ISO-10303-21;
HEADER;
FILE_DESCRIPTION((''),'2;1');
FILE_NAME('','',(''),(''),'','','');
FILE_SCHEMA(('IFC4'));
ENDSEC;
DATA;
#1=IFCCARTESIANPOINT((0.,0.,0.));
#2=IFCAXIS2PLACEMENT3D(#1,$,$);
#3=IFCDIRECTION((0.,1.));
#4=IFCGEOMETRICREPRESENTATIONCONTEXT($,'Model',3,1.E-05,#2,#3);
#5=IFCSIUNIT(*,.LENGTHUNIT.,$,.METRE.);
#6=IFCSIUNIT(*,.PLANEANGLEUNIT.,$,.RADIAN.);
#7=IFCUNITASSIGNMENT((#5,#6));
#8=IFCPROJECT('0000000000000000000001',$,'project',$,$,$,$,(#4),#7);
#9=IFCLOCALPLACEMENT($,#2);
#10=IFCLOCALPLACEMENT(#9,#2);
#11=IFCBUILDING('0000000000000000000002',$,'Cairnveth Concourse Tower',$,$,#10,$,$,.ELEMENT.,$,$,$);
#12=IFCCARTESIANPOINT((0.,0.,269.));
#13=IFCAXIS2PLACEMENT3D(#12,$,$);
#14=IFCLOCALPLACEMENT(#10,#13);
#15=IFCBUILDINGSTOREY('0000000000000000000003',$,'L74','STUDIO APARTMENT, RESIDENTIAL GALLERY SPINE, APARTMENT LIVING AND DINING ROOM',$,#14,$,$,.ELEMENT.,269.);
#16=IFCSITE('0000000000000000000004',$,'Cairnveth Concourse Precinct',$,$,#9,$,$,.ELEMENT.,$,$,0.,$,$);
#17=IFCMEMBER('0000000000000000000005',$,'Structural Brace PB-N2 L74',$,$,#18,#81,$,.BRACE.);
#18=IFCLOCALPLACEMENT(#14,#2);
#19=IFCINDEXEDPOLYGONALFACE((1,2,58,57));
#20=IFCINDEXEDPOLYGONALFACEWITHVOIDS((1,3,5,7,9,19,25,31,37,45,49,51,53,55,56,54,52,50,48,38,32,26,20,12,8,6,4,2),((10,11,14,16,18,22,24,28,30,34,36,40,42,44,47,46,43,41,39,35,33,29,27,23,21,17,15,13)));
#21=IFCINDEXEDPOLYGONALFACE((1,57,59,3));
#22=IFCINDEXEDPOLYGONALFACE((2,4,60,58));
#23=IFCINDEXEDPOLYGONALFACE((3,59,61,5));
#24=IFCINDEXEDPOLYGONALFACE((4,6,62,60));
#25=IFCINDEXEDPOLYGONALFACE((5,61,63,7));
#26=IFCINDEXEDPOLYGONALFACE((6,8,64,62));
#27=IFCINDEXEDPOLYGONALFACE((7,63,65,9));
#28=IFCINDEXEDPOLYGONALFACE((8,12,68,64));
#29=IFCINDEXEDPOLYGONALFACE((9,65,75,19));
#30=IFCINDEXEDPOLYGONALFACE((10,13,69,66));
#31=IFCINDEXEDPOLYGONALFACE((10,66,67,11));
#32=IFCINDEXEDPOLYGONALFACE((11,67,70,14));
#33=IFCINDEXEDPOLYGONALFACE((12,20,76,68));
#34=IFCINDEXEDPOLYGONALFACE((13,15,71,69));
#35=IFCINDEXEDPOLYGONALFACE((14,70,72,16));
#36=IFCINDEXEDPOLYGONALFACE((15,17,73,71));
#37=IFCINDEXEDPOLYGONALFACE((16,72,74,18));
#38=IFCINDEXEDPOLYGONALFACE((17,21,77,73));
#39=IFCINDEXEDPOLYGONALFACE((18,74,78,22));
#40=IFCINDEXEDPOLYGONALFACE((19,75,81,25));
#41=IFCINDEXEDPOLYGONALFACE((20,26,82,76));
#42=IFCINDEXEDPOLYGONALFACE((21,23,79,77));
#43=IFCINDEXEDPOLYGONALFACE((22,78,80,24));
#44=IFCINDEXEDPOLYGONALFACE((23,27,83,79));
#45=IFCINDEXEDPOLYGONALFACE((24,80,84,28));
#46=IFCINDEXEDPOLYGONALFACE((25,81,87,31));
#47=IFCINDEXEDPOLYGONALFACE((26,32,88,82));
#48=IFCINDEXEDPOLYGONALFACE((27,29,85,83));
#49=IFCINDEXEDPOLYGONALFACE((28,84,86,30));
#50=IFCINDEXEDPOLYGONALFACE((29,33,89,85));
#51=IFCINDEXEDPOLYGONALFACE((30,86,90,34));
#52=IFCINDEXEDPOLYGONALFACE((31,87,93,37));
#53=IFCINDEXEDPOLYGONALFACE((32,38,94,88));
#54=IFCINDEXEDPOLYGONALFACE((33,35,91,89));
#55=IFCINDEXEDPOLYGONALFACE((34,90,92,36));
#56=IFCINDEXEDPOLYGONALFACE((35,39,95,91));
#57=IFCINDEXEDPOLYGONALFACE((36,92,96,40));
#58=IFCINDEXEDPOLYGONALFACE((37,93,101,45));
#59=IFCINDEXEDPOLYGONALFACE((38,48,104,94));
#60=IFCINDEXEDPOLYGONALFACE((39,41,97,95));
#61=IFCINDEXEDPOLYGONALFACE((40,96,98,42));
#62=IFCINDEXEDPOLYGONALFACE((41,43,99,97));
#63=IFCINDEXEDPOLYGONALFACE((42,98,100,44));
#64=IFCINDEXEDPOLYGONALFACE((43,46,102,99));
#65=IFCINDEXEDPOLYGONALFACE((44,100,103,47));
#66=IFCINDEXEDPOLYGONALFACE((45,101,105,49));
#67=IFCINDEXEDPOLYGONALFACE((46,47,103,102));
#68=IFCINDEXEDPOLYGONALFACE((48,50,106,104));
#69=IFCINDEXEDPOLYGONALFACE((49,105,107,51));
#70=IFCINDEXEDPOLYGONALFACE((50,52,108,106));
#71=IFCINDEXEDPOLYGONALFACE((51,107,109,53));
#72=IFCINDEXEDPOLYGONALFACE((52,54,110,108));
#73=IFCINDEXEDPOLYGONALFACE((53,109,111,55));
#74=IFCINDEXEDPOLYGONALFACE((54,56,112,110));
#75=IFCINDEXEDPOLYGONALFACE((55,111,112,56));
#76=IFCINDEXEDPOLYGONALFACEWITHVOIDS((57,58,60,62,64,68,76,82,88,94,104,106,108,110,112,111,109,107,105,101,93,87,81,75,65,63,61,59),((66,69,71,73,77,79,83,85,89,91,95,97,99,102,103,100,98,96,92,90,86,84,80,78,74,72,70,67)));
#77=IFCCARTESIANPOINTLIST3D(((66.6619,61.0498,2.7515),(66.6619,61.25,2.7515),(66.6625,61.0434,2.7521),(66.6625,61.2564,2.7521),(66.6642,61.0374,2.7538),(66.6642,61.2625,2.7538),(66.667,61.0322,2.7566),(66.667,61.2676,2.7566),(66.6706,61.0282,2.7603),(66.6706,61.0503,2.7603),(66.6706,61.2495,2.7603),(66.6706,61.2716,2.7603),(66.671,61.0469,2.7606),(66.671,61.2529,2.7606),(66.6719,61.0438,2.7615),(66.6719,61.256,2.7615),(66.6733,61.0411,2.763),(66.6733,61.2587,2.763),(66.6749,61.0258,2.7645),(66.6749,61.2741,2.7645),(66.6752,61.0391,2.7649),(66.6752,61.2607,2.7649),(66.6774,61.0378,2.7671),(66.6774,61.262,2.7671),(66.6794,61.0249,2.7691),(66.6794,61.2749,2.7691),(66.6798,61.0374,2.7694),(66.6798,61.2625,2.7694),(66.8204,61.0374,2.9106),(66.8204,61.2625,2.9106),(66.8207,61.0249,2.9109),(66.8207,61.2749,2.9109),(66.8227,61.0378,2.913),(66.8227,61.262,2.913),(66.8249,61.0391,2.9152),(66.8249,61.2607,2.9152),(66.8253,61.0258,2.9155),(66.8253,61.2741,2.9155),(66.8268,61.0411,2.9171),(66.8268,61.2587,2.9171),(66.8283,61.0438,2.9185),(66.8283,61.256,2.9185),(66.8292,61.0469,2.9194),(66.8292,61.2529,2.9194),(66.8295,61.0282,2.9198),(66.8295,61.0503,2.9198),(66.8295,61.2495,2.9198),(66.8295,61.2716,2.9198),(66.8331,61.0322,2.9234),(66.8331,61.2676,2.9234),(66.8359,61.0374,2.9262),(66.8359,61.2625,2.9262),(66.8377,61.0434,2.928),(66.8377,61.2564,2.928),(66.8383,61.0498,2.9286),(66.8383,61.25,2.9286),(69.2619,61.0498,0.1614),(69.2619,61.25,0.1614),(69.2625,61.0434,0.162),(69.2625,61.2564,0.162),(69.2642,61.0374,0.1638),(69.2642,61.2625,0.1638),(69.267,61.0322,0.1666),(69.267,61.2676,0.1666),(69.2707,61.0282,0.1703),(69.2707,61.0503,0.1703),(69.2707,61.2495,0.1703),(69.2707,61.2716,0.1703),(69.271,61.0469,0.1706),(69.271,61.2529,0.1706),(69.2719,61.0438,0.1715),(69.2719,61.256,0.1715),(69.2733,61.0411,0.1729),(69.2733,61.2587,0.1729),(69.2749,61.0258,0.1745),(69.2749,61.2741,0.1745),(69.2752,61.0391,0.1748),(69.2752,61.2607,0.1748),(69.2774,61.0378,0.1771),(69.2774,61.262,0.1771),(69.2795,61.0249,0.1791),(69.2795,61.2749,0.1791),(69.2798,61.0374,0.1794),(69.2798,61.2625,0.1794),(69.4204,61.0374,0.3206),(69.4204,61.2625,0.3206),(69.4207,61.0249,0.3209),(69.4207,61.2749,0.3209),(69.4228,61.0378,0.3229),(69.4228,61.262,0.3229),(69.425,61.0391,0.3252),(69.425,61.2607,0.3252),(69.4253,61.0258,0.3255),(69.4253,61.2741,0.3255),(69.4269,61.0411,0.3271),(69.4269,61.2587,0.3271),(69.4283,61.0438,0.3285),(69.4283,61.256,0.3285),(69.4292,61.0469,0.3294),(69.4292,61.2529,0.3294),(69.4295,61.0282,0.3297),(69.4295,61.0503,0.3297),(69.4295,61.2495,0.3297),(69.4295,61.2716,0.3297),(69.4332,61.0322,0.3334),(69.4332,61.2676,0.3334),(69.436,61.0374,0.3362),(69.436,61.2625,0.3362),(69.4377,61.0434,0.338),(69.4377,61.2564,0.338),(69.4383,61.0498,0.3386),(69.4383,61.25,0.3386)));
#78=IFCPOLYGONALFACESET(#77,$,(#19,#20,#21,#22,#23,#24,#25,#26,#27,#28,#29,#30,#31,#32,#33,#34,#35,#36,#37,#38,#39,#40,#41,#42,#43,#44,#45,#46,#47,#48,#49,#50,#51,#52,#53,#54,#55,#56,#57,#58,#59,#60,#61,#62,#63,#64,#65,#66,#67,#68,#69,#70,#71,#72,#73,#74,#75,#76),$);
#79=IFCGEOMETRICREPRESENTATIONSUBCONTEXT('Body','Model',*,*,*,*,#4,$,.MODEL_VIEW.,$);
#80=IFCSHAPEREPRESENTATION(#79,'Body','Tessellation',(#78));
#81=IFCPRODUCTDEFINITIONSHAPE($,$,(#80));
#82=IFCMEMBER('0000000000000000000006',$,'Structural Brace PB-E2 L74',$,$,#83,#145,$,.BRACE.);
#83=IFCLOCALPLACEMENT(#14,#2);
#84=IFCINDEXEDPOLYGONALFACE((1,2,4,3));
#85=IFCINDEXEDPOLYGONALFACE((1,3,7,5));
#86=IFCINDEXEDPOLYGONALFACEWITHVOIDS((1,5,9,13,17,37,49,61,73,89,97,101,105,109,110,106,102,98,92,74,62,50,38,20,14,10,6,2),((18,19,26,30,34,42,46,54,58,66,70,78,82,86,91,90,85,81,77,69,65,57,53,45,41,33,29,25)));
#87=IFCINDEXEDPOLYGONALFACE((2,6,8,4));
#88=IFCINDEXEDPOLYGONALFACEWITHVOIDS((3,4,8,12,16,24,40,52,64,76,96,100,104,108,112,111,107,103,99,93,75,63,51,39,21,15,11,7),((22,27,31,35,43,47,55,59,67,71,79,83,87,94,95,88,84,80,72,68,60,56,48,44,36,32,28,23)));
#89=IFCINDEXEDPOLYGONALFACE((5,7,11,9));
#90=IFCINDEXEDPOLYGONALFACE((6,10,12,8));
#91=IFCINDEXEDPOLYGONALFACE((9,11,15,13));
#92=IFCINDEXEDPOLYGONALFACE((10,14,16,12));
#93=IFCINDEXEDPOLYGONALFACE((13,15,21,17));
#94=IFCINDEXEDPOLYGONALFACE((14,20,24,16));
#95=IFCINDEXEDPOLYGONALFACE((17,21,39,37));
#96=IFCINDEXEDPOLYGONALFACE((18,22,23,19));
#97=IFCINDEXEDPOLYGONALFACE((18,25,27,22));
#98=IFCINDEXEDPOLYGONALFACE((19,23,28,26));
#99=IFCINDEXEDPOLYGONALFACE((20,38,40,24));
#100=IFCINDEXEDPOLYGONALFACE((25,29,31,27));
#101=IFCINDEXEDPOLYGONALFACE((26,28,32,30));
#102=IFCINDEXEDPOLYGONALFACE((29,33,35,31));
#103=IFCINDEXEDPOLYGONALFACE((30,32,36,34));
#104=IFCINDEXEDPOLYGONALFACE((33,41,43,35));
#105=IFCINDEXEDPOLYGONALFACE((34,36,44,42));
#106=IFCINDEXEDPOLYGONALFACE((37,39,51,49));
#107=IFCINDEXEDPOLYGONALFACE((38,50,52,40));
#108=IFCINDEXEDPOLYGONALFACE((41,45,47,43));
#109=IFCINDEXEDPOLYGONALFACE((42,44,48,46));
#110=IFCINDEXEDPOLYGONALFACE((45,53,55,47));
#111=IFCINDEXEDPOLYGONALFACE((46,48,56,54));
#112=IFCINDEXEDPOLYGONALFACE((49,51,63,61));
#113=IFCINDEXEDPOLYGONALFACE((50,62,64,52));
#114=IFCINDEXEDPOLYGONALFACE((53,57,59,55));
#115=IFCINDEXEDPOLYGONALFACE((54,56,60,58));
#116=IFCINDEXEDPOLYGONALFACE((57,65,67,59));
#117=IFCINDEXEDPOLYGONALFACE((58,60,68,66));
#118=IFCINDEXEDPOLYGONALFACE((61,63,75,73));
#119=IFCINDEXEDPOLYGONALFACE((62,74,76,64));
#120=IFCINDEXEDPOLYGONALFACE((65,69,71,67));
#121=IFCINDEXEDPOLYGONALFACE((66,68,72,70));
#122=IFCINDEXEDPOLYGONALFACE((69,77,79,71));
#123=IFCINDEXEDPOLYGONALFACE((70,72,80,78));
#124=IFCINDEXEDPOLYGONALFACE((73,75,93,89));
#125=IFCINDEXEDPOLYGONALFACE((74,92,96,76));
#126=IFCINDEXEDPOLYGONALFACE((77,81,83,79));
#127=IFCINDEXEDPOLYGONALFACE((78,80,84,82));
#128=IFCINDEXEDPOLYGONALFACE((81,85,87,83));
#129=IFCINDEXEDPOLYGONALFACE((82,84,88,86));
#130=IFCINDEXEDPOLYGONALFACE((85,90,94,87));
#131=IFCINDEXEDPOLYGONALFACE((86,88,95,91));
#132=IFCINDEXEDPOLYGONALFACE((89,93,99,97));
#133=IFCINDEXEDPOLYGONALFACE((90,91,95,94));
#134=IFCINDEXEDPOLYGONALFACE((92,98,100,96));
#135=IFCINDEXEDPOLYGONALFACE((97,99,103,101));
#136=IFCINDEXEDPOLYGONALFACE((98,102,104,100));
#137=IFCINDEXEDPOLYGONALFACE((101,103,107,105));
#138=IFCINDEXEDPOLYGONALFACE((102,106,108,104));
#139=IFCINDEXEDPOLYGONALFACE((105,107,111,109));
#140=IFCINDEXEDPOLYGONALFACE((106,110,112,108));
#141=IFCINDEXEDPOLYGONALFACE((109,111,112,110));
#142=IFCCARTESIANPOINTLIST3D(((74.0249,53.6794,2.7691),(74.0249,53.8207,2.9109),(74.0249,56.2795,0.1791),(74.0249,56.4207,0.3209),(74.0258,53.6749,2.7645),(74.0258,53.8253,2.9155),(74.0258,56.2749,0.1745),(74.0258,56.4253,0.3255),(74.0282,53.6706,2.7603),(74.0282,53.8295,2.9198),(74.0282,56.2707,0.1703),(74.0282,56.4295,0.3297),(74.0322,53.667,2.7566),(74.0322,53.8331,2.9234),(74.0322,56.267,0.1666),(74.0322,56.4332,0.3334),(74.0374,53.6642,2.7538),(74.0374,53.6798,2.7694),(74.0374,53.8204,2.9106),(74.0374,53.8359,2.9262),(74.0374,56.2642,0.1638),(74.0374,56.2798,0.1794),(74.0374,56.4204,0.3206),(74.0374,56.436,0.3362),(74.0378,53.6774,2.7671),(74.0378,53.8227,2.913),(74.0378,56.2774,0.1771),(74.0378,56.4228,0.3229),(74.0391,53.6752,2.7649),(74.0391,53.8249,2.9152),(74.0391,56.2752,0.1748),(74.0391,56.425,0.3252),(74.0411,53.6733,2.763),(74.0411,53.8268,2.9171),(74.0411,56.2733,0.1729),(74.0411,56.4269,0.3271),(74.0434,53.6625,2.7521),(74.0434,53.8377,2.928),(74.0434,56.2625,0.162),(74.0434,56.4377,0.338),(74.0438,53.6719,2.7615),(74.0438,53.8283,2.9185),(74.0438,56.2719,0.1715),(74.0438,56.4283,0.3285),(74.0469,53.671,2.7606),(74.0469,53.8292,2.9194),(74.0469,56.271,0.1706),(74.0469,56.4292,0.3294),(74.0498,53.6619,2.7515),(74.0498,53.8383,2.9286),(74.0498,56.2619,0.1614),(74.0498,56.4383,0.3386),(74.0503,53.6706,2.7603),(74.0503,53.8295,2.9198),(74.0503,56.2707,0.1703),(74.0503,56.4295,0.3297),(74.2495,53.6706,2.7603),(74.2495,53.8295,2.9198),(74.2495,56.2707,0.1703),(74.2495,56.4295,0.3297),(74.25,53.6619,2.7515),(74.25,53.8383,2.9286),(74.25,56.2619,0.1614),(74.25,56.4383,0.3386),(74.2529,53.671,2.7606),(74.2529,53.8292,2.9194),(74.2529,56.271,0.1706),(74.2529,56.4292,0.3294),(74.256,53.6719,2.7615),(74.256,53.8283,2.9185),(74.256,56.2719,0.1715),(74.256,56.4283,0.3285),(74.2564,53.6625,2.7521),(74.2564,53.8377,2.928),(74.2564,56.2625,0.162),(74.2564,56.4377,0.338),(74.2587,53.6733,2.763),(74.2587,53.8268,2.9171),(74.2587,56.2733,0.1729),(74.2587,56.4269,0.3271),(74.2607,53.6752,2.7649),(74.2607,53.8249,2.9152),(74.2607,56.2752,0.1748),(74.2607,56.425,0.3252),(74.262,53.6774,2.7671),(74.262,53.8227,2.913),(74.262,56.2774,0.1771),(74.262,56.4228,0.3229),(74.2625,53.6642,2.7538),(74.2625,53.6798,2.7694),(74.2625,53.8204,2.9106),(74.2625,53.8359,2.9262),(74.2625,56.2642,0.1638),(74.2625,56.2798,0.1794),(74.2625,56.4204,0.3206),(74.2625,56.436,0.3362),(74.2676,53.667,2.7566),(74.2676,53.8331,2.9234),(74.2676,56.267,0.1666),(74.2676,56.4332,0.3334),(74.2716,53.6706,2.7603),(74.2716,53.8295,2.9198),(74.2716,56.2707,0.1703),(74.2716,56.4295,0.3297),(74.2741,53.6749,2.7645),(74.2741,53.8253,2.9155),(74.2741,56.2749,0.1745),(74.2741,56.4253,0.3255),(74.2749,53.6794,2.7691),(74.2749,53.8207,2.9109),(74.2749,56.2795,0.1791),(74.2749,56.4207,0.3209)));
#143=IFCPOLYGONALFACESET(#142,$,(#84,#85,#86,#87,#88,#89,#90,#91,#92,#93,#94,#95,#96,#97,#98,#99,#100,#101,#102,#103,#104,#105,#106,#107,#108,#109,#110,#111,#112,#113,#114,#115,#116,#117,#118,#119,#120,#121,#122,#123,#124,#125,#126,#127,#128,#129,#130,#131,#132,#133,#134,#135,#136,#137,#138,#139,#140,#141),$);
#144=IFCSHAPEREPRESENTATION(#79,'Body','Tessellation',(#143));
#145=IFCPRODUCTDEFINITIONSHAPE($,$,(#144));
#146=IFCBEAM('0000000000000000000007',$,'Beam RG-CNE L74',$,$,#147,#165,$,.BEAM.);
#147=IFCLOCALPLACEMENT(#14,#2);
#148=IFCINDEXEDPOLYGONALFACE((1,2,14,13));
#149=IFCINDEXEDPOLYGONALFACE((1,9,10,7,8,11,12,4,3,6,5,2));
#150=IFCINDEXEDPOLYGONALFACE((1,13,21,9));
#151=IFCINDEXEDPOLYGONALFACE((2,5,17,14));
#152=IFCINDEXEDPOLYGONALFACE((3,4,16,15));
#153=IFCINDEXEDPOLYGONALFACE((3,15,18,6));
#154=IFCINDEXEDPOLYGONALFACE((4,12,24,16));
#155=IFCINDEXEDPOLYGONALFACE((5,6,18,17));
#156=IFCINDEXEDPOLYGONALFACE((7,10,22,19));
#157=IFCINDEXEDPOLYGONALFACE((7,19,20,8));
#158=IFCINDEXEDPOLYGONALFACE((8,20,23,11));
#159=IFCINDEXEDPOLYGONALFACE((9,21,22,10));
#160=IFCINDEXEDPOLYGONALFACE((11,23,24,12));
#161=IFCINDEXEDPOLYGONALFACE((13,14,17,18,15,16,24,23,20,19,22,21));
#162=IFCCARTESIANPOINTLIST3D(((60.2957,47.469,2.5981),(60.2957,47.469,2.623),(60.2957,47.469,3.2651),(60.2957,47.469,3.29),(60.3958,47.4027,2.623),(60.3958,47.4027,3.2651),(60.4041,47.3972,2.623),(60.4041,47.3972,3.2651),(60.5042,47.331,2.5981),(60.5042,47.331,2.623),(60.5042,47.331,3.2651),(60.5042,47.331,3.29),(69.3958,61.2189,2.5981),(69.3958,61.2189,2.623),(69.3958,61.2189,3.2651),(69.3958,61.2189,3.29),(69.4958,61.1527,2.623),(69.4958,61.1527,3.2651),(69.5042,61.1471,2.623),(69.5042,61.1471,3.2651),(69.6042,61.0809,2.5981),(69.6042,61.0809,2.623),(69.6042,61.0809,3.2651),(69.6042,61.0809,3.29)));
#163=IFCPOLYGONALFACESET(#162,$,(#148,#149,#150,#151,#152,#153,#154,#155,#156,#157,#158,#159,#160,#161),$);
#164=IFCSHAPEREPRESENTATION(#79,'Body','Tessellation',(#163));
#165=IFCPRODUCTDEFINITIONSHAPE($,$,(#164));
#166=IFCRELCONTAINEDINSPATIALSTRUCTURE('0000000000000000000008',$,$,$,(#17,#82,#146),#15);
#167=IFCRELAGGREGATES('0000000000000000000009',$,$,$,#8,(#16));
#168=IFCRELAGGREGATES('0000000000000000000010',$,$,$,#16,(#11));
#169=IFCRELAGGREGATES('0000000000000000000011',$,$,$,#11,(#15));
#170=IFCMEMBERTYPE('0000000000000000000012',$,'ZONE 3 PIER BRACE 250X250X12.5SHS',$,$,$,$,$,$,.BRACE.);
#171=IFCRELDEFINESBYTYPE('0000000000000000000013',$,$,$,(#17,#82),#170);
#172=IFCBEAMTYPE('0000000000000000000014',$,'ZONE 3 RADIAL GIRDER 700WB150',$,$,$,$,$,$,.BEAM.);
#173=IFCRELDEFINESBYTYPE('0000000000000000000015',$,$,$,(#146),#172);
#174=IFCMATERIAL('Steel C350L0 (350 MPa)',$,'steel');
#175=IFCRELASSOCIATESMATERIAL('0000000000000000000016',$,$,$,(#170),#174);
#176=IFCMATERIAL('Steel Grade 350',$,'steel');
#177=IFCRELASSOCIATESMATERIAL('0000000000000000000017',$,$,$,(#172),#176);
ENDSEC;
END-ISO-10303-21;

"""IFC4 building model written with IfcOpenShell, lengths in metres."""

from ifc_helpers import new_model, si_unit, direction, frame, origin, origin_2d, place, context, subcontext, project, spatial, hollow_rectangle, i_section, extrude, material, material_profile, profile_set, type_object, element, save


model = new_model("IFC4")

# Units and contexts
model_context = context("Model", 3, precision=1e-05, world=origin(), true_north=direction((0.0, 1.0)))
body_context = subcontext(model_context, "Body", "Model", "MODEL_VIEW")
ifc_project = project(units=[si_unit("LENGTHUNIT", "METRE"), si_unit("PLANEANGLEUNIT", "RADIAN")], contexts=[model_context])

# Site, building, storey
site_placement = place(None, origin())
site = spatial("IfcSite", under=ifc_project, at=site_placement, Name="Cairnveth Concourse Precinct", CompositionType="ELEMENT", RefElevation=0.0)
building_placement = place(site_placement, origin())
building = spatial("IfcBuilding", under=site, at=building_placement, Name="Cairnveth Concourse Tower", CompositionType="ELEMENT")
storey_placement = place(building_placement, frame((0.0, 0.0, 269.0)))
storey = spatial("IfcBuildingStorey", under=building, at=storey_placement, Name="L74", Description="STUDIO APARTMENT, RESIDENTIAL GALLERY SPINE, APARTMENT LIVING AND DINING ROOM", CompositionType="ELEMENT", Elevation=269.0)

# Shared definitions
ifc_material_1 = material(Name="Steel Grade 350", Category="steel")

# Members
ifc_material_2 = material(Name="Steel C350L0 (350 MPa)", Category="steel")
ifc_material_profile_1 = material_profile(ifc_material_2, hollow_rectangle(XDim=0.25, YDim=0.25, WallThickness=0.0125, InnerFilletRadius=0.0129, OuterFilletRadius=0.0249, at=origin_2d()), Name="250x250x12.5SHS")
ifc_profile_set_1 = profile_set([ifc_material_profile_1], Name="Steel C350L0 (350 MPa)")
member_type = type_object("IfcMemberType", Name="ZONE 3 PIER BRACE 250X250X12.5SHS", PredefinedType="BRACE", material=ifc_profile_set_1)
for number, where, z_axis, x_axis, name in (
    (1, (69.3501, 61.1499, 0.25), (-0.708469, 0.0, 0.705742), (0.0, -1.0, 0.0), "Structural Brace PB-N2 L74"),
    (2, (74.1499, 56.3501, 0.25), (0.0, -0.708469, 0.705742), (1.0, 0.0, 0.0), "Structural Brace PB-E2 L74"),
):
    element("IfcMember", number, at=place(storey_placement, frame(where, z_axis=z_axis, x_axis=x_axis)), inside=storey, type_object=member_type, Name=name, PredefinedType="BRACE", context=body_context, shape_type="SweptSolid", body=[
        extrude(hollow_rectangle(XDim=0.25, YDim=0.25, WallThickness=0.0125, InnerFilletRadius=0.0129, OuterFilletRadius=0.0249, at=origin_2d()), origin(), (0.0, 0.0, 1.0), 3.6699),
    ])

# Beam
ifc_material_profile_2 = material_profile(ifc_material_1, i_section(OverallWidth=0.25, OverallDepth=0.6919, WebThickness=0.01, FlangeThickness=0.0249, at=origin_2d()), Name="700WB150")
ifc_profile_set_2 = profile_set([ifc_material_profile_2], Name="Steel Grade 350")
beam_type_1 = type_object("IfcBeamType", Name="ZONE 3 RADIAL GIRDER 700WB150", PredefinedType="BEAM", material=ifc_profile_set_2)
beam_1_placement = place(storey_placement, frame((69.5, 61.1499, 2.9441), z_axis=(-0.551902, -0.833909, 0.0), x_axis=(0.833909, -0.551902, 0.0)))
element("IfcBeam", 3, at=beam_1_placement, inside=storey, type_object=beam_type_1, Name="Beam RG-CNE L74", PredefinedType="BEAM", context=body_context, shape_type="SweptSolid", body=[
    extrude(i_section(OverallWidth=0.25, OverallDepth=0.6919, WebThickness=0.01, FlangeThickness=0.0249, at=origin_2d()), origin(), (0.0, 0.0, 1.0), 16.4885),
])

save(model, "model.ifc")
